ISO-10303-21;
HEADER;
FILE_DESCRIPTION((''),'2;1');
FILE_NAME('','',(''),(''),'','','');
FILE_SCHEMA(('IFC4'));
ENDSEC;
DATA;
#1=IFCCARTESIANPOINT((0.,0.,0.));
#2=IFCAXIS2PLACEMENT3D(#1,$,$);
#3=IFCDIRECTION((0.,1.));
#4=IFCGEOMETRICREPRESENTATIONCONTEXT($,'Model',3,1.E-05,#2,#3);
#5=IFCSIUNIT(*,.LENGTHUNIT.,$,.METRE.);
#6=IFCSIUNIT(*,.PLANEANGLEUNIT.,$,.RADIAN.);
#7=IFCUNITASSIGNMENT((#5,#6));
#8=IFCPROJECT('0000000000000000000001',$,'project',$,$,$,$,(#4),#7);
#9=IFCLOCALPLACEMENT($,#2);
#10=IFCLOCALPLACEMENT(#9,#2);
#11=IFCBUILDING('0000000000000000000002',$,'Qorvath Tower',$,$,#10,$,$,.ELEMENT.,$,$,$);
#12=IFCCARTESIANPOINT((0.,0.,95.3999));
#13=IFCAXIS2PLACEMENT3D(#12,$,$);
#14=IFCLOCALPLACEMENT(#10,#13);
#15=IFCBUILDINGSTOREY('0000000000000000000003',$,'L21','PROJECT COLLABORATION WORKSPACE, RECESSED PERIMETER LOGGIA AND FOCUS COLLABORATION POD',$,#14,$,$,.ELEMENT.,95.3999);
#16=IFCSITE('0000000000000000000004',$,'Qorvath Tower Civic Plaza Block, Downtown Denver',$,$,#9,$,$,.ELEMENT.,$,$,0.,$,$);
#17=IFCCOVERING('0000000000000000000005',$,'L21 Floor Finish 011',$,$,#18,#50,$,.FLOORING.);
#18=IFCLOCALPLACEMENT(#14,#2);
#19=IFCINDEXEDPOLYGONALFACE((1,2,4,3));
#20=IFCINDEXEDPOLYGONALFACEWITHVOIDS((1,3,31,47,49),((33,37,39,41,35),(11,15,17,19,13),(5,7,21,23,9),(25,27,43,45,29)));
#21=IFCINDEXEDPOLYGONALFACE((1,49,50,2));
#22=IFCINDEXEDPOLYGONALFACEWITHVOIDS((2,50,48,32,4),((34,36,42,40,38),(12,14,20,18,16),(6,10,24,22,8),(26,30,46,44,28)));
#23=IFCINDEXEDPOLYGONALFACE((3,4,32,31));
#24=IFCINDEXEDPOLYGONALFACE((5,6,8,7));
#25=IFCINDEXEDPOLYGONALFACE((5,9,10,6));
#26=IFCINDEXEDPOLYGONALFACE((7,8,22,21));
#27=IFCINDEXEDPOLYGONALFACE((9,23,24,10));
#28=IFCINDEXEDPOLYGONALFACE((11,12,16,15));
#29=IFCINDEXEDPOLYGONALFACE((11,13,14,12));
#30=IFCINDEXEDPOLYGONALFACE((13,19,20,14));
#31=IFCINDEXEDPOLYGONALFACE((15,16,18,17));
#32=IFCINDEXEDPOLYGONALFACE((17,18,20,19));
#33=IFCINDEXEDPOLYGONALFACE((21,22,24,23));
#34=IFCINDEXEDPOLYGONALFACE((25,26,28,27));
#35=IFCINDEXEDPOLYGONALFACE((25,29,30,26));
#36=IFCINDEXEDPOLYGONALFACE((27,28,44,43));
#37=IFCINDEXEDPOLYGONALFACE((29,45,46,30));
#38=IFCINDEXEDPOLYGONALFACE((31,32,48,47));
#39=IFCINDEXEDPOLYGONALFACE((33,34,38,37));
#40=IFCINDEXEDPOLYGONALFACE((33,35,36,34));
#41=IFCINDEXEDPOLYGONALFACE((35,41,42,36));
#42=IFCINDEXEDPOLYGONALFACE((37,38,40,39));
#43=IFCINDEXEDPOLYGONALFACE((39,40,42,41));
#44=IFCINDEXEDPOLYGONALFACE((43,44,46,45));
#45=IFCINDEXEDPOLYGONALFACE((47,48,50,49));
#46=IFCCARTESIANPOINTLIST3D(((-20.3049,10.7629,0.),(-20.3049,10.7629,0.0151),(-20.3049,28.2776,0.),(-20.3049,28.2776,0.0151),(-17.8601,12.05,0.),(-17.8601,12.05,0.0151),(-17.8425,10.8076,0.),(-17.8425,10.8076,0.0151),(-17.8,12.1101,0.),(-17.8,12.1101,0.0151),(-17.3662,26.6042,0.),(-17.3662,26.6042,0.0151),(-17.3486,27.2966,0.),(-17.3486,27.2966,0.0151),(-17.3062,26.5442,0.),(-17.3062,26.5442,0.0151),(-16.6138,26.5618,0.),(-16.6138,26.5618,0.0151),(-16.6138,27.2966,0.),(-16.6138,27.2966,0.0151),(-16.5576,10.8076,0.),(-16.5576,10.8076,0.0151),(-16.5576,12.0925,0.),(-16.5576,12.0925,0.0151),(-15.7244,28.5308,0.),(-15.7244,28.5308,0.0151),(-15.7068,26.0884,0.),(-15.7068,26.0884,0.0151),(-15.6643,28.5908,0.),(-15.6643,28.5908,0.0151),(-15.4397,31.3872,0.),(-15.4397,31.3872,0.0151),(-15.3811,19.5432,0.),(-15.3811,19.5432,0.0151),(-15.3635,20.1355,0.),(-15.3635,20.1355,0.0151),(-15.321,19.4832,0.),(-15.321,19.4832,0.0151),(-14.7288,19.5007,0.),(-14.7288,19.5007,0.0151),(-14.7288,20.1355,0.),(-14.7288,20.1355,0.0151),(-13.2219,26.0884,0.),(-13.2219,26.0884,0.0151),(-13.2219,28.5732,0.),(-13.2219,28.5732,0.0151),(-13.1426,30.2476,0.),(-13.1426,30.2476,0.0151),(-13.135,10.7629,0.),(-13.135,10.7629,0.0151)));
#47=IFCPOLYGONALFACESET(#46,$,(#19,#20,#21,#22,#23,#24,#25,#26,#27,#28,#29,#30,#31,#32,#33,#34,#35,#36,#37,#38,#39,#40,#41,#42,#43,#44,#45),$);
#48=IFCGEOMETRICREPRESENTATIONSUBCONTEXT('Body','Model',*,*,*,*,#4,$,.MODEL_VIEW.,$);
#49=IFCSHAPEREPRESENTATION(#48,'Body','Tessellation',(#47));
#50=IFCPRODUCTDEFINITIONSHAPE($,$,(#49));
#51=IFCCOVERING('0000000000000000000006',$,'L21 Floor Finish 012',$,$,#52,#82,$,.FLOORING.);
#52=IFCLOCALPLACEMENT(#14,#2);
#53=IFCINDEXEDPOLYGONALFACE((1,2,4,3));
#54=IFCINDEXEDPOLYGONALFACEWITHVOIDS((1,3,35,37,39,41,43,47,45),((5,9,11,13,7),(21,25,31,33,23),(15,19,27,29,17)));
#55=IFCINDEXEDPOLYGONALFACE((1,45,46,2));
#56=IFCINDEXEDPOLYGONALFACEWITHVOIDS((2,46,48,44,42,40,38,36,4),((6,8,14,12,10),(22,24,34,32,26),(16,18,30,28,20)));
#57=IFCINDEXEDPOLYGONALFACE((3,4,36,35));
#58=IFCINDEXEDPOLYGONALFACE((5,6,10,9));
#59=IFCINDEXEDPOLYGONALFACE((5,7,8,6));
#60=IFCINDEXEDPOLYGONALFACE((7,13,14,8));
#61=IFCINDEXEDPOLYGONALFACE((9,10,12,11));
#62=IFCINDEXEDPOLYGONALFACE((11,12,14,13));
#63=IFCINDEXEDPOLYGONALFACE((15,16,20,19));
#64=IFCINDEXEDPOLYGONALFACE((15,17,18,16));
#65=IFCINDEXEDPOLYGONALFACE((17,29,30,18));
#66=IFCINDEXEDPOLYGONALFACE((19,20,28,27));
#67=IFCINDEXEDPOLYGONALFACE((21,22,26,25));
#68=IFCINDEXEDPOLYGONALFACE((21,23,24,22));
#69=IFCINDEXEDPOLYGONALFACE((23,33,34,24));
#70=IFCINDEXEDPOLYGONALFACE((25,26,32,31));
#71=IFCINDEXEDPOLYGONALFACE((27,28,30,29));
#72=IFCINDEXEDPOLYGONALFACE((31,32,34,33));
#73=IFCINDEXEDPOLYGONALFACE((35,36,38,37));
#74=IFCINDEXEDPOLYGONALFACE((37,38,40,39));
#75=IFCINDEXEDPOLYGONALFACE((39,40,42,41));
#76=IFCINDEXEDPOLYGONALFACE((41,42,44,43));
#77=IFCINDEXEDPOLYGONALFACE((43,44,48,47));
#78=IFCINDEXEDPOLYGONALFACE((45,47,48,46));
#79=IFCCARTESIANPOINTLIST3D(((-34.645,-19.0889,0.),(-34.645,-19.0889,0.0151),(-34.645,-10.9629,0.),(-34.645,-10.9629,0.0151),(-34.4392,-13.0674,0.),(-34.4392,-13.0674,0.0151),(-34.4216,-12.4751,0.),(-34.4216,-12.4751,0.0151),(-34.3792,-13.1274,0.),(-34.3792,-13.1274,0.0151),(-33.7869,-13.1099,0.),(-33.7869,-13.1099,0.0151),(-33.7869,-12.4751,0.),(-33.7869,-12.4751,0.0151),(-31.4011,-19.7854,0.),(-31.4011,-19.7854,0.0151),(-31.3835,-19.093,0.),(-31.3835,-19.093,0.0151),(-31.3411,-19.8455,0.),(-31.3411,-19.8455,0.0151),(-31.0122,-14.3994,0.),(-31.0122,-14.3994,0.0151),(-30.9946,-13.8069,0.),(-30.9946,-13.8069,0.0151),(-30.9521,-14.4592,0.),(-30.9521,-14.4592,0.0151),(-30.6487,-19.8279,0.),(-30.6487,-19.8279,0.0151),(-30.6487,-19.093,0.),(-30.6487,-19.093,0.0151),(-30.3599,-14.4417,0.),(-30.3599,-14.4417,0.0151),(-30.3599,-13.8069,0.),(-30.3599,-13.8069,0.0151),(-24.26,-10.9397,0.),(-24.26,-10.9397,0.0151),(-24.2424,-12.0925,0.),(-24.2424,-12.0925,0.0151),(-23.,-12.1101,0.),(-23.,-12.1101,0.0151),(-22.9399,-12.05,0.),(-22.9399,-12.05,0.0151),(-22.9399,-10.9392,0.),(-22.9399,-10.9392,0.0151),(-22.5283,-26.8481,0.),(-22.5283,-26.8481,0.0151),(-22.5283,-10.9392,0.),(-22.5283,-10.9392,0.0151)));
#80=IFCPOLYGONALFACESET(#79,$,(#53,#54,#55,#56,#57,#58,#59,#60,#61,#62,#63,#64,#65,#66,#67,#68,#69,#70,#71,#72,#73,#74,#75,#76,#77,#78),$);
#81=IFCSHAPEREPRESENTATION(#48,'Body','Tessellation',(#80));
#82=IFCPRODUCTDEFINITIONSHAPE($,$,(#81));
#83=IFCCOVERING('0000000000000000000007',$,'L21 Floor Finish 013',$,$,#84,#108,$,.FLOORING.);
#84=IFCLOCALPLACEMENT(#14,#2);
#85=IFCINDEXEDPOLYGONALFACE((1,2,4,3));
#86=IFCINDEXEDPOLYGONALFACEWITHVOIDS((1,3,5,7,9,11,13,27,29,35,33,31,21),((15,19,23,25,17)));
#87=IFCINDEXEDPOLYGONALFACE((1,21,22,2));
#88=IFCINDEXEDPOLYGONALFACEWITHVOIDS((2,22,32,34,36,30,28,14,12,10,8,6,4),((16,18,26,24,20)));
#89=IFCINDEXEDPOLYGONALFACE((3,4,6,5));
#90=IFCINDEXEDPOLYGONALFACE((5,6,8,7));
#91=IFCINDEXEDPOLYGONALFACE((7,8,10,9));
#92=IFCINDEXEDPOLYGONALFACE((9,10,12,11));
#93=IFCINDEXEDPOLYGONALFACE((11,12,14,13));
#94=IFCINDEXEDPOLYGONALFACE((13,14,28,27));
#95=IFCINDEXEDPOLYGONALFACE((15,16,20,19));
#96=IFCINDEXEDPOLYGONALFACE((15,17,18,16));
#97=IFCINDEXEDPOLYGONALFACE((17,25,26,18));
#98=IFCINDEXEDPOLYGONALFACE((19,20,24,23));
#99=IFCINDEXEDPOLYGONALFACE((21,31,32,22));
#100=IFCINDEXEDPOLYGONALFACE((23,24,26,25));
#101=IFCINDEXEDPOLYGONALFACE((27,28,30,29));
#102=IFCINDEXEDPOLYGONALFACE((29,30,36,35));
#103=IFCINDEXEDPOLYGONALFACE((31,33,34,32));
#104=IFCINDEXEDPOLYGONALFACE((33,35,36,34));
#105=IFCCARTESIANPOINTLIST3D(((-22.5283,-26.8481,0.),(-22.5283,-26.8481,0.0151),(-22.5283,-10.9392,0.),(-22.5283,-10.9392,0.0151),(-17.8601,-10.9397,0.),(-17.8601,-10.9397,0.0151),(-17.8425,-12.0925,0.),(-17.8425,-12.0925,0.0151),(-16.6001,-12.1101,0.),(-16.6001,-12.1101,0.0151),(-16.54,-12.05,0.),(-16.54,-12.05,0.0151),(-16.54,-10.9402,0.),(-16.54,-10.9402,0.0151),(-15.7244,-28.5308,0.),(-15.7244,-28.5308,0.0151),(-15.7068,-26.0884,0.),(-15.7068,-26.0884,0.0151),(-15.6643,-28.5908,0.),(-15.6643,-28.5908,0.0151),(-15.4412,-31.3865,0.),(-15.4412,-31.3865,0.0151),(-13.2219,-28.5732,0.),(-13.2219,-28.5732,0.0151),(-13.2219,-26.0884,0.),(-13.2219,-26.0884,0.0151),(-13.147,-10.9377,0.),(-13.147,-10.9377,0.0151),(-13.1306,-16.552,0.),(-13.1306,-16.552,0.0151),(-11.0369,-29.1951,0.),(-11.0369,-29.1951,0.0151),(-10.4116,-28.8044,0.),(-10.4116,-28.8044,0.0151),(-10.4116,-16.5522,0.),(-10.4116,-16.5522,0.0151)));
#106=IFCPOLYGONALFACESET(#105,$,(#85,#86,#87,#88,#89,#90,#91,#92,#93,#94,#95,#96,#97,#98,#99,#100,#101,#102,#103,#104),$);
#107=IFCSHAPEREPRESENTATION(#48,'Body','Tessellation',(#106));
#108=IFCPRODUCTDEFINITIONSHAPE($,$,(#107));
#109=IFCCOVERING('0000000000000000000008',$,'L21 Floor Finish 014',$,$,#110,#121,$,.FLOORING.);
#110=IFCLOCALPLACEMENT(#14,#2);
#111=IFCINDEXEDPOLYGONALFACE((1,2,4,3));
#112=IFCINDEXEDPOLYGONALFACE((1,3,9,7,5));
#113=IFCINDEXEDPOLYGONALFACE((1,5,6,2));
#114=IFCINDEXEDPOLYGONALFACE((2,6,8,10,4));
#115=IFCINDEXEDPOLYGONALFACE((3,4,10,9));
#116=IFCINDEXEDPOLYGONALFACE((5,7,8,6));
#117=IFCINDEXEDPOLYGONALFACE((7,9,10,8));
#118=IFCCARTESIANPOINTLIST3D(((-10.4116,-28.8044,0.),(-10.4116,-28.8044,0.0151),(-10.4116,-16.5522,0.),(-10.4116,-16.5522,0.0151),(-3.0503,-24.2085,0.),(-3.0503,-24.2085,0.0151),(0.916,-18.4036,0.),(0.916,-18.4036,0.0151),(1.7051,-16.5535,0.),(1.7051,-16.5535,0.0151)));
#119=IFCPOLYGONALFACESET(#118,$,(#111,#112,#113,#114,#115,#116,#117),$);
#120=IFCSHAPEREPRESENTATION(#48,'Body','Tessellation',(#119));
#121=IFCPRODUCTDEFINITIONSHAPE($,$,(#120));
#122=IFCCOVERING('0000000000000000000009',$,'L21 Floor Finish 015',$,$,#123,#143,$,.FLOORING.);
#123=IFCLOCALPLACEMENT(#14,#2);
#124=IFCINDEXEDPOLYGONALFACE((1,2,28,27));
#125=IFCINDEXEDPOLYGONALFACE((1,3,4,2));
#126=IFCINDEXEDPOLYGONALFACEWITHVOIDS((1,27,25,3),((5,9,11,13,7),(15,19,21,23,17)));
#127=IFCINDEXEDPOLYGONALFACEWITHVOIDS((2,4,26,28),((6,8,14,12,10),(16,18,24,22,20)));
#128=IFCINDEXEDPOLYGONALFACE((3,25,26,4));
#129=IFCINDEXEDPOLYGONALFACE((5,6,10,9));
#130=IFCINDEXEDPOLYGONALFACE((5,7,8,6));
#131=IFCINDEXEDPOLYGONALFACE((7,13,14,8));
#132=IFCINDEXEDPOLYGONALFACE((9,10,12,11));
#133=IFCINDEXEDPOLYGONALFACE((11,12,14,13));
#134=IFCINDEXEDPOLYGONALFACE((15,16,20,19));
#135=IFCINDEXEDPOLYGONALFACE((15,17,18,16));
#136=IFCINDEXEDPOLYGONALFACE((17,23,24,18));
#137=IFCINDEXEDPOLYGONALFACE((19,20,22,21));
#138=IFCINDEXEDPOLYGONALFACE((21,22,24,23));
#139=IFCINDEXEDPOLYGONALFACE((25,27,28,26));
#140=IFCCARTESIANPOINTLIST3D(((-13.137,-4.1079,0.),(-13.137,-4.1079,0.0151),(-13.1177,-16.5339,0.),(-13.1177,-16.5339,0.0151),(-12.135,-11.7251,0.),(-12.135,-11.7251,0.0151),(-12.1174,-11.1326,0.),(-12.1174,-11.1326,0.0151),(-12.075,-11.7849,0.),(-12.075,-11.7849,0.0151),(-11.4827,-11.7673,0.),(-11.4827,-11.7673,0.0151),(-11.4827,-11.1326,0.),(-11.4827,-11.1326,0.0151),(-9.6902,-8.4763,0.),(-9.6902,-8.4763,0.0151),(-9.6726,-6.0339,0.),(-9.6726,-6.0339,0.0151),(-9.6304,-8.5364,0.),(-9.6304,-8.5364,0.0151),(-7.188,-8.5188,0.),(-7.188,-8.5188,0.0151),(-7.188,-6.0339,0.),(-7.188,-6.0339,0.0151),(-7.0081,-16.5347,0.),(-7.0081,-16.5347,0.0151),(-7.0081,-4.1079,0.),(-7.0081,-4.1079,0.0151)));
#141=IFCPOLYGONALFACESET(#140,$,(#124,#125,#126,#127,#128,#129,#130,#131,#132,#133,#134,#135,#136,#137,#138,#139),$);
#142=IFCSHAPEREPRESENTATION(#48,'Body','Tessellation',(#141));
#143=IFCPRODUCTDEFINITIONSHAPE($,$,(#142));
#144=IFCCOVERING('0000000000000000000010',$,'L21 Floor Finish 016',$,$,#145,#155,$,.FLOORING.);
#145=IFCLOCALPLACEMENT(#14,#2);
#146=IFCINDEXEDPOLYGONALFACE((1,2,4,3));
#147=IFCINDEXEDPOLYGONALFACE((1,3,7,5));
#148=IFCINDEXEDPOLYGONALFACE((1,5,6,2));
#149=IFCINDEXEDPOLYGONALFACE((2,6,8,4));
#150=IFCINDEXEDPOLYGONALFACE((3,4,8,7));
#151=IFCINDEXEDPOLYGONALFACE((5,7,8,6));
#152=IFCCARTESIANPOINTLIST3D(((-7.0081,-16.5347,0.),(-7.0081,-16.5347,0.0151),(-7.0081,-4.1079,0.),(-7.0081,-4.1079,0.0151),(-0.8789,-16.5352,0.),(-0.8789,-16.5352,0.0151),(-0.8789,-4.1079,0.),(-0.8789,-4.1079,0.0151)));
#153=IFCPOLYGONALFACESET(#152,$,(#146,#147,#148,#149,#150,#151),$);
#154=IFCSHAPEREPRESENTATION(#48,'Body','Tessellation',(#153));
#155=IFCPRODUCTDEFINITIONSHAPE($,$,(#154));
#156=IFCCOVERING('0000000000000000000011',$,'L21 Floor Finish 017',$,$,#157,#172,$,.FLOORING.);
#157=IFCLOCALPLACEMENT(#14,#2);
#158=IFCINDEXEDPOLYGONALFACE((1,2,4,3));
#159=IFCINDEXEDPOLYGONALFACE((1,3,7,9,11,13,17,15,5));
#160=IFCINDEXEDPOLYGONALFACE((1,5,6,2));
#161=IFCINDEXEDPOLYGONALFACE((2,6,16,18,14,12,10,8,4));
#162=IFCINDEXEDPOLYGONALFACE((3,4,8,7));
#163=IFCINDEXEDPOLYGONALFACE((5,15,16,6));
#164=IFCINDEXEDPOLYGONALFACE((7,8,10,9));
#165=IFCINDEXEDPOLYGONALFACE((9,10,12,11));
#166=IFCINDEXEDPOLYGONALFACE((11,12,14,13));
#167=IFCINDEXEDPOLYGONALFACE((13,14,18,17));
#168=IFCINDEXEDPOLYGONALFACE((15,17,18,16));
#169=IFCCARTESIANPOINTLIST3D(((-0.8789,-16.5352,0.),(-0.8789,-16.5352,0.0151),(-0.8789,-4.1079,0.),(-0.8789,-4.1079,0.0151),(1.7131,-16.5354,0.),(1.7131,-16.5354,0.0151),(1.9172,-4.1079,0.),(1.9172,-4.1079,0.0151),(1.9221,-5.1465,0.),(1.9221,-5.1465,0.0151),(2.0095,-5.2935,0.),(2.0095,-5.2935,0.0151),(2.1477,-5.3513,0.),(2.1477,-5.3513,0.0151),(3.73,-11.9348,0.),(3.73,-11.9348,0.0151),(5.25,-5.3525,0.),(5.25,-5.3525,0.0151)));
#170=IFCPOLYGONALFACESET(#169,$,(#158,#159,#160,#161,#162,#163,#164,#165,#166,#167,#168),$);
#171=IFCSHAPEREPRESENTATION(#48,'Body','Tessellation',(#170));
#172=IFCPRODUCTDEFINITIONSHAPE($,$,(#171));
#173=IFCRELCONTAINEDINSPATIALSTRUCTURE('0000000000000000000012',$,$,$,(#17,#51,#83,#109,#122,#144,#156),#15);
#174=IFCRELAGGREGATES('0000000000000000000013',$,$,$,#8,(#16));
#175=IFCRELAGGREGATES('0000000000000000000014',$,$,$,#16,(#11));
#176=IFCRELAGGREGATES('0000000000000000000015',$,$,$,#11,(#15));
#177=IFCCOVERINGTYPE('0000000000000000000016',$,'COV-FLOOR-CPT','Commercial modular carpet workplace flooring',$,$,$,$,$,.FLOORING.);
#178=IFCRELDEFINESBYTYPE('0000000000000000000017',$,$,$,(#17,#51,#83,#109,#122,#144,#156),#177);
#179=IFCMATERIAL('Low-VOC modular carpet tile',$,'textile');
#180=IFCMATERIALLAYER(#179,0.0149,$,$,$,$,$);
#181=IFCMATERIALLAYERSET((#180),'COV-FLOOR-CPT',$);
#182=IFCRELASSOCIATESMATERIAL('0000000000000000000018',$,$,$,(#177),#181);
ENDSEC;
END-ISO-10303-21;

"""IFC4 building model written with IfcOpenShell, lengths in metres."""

from ifc_helpers import new_model, si_unit, direction, frame, origin, place, context, subcontext, project, spatial, polyline, outline, extrude, material, layer, layer_set, type_object, element, save


model = new_model("IFC4")

# Units and contexts
model_context = context("Model", 3, precision=1e-05, world=origin(), true_north=direction((0.0, 1.0)))
body_context = subcontext(model_context, "Body", "Model", "MODEL_VIEW")
ifc_project = project(units=[si_unit("LENGTHUNIT", "METRE"), si_unit("PLANEANGLEUNIT", "RADIAN")], contexts=[model_context])

# Site, building, storey
site_placement = place(None, origin())
site = spatial("IfcSite", under=ifc_project, at=site_placement, Name="Qorvath Tower Civic Plaza Block, Downtown Denver", CompositionType="ELEMENT", RefElevation=0.0)
building_placement = place(site_placement, origin())
building = spatial("IfcBuilding", under=site, at=building_placement, Name="Qorvath Tower", CompositionType="ELEMENT")
storey_placement = place(building_placement, frame((0.0, 0.0, 95.3999)))
storey = spatial("IfcBuildingStorey", under=building, at=storey_placement, Name="L21", Description="PROJECT COLLABORATION WORKSPACE, RECESSED PERIMETER LOGGIA AND FOCUS COLLABORATION POD", CompositionType="ELEMENT", Elevation=95.3999)

# Coverings
ifc_material_1 = material(Name="Low-VOC modular carpet tile", Category="textile")
ifc_layer_1 = layer(ifc_material_1, 0.0149)
ifc_layer_set_1 = layer_set([ifc_layer_1], Name="COV-FLOOR-CPT")
covering_type_1 = type_object("IfcCoveringType", Name="COV-FLOOR-CPT", Description="Commercial modular carpet workplace flooring", PredefinedType="FLOORING", material=ifc_layer_set_1)
covering_1_placement = place(storey_placement, origin())
element("IfcCovering", 1, at=covering_1_placement, inside=storey, type_object=covering_type_1, Name="L21 Floor Finish 011", PredefinedType="FLOORING", context=body_context, shape_type="SweptSolid", body=[
    extrude(outline(polyline([(-20.3049, 28.2776), (-20.3049, 10.7629), (-13.135, 10.7629), (-13.1426, 30.2476), (-15.4397, 31.3872), (-20.3049, 28.2776)]), holes=[polyline([(-15.7244, 28.5308), (-15.6643, 28.5908), (-13.2219, 28.5732), (-13.2219, 26.0884), (-15.7068, 26.0884), (-15.7244, 28.5308)]), polyline([(-15.3811, 19.5432), (-15.3635, 20.1355), (-14.7288, 20.1355), (-14.7288, 19.5007), (-15.321, 19.4832), (-15.3811, 19.5432)]), polyline([(-17.8601, 12.05), (-17.8, 12.1101), (-16.5576, 12.0925), (-16.5576, 10.8076), (-17.8425, 10.8076), (-17.8601, 12.05)]), polyline([(-17.3662, 26.6042), (-17.3486, 27.2966), (-16.6138, 27.2966), (-16.6138, 26.5618), (-17.3062, 26.5442), (-17.3662, 26.6042)])]), origin(), (0.0, 0.0, 1.0), 0.0151),
])
covering_2_placement = place(storey_placement, origin())
element("IfcCovering", 2, at=covering_2_placement, inside=storey, type_object=covering_type_1, Name="L21 Floor Finish 012", PredefinedType="FLOORING", context=body_context, shape_type="SweptSolid", body=[
    extrude(outline(polyline([(-22.5283, -26.8481), (-22.5283, -10.9392), (-22.9399, -10.9392), (-22.9399, -12.05), (-23.0, -12.1101), (-24.2424, -12.0925), (-24.26, -10.9397), (-34.645, -10.9629), (-34.645, -19.0889), (-22.5283, -26.8481)]), holes=[polyline([(-31.0122, -14.3994), (-30.9946, -13.8069), (-30.3599, -13.8069), (-30.3599, -14.4417), (-30.9521, -14.4592), (-31.0122, -14.3994)]), polyline([(-31.4011, -19.7854), (-31.3835, -19.093), (-30.6487, -19.093), (-30.6487, -19.8279), (-31.3411, -19.8455), (-31.4011, -19.7854)]), polyline([(-34.4392, -13.0674), (-34.4216, -12.4751), (-33.7869, -12.4751), (-33.7869, -13.1099), (-34.3792, -13.1274), (-34.4392, -13.0674)])]), origin(), (0.0, 0.0, 1.0), 0.0151),
])
covering_3_placement = place(storey_placement, origin())
element("IfcCovering", 3, at=covering_3_placement, inside=storey, type_object=covering_type_1, Name="L21 Floor Finish 013", PredefinedType="FLOORING", context=body_context, shape_type="SweptSolid", body=[
    extrude(outline(polyline([(-15.4412, -31.3865), (-11.0369, -29.1951), (-10.4116, -28.8044), (-10.4116, -16.5522), (-13.1306, -16.552), (-13.147, -10.9377), (-16.54, -10.9402), (-16.54, -12.05), (-16.6001, -12.1101), (-17.8425, -12.0925), (-17.8601, -10.9397), (-22.5283, -10.9392), (-22.5283, -26.8481), (-15.4412, -31.3865)]), holes=[polyline([(-15.7244, -28.5308), (-15.7068, -26.0884), (-13.2219, -26.0884), (-13.2219, -28.5732), (-15.6643, -28.5908), (-15.7244, -28.5308)])]), origin(), (0.0, 0.0, 1.0), 0.0151),
])
covering_4_placement = place(storey_placement, origin())
element("IfcCovering", 4, at=covering_4_placement, inside=storey, type_object=covering_type_1, Name="L21 Floor Finish 014", PredefinedType="FLOORING", context=body_context, shape_type="SweptSolid", body=[
    extrude(outline(polyline([(-10.4116, -16.5522), (-10.4116, -28.8044), (-3.0503, -24.2085), (0.916, -18.4036), (1.7051, -16.5535), (-10.4116, -16.5522)])), origin(), (0.0, 0.0, 1.0), 0.0151),
])
covering_5_placement = place(storey_placement, origin())
element("IfcCovering", 5, at=covering_5_placement, inside=storey, type_object=covering_type_1, Name="L21 Floor Finish 015", PredefinedType="FLOORING", context=body_context, shape_type="SweptSolid", body=[
    extrude(outline(polyline([(-7.0081, -16.5347), (-7.0081, -4.1079), (-13.137, -4.1079), (-13.1177, -16.5339), (-7.0081, -16.5347)]), holes=[polyline([(-9.6902, -8.4763), (-9.6726, -6.0339), (-7.188, -6.0339), (-7.188, -8.5188), (-9.6304, -8.5364), (-9.6902, -8.4763)]), polyline([(-12.135, -11.7251), (-12.1174, -11.1326), (-11.4827, -11.1326), (-11.4827, -11.7673), (-12.075, -11.7849), (-12.135, -11.7251)])]), origin(), (0.0, 0.0, 1.0), 0.0151),
])
covering_6_placement = place(storey_placement, origin())
element("IfcCovering", 6, at=covering_6_placement, inside=storey, type_object=covering_type_1, Name="L21 Floor Finish 016", PredefinedType="FLOORING", context=body_context, shape_type="SweptSolid", body=[
    extrude(outline(polyline([(-0.8789, -16.5352), (-0.8789, -4.1079), (-7.0081, -4.1079), (-7.0081, -16.5347), (-0.8789, -16.5352)])), origin(), (0.0, 0.0, 1.0), 0.0151),
])
covering_7_placement = place(storey_placement, origin())
element("IfcCovering", 7, at=covering_7_placement, inside=storey, type_object=covering_type_1, Name="L21 Floor Finish 017", PredefinedType="FLOORING", context=body_context, shape_type="SweptSolid", body=[
    extrude(outline(polyline([(2.0095, -5.2935), (1.9221, -5.1465), (1.9172, -4.1079), (-0.8789, -4.1079), (-0.8789, -16.5352), (1.7131, -16.5354), (3.73, -11.9348), (5.25, -5.3525), (2.1477, -5.3513), (2.0095, -5.2935)])), origin(), (0.0, 0.0, 1.0), 0.0151),
])

save(model, "model.ifc")
